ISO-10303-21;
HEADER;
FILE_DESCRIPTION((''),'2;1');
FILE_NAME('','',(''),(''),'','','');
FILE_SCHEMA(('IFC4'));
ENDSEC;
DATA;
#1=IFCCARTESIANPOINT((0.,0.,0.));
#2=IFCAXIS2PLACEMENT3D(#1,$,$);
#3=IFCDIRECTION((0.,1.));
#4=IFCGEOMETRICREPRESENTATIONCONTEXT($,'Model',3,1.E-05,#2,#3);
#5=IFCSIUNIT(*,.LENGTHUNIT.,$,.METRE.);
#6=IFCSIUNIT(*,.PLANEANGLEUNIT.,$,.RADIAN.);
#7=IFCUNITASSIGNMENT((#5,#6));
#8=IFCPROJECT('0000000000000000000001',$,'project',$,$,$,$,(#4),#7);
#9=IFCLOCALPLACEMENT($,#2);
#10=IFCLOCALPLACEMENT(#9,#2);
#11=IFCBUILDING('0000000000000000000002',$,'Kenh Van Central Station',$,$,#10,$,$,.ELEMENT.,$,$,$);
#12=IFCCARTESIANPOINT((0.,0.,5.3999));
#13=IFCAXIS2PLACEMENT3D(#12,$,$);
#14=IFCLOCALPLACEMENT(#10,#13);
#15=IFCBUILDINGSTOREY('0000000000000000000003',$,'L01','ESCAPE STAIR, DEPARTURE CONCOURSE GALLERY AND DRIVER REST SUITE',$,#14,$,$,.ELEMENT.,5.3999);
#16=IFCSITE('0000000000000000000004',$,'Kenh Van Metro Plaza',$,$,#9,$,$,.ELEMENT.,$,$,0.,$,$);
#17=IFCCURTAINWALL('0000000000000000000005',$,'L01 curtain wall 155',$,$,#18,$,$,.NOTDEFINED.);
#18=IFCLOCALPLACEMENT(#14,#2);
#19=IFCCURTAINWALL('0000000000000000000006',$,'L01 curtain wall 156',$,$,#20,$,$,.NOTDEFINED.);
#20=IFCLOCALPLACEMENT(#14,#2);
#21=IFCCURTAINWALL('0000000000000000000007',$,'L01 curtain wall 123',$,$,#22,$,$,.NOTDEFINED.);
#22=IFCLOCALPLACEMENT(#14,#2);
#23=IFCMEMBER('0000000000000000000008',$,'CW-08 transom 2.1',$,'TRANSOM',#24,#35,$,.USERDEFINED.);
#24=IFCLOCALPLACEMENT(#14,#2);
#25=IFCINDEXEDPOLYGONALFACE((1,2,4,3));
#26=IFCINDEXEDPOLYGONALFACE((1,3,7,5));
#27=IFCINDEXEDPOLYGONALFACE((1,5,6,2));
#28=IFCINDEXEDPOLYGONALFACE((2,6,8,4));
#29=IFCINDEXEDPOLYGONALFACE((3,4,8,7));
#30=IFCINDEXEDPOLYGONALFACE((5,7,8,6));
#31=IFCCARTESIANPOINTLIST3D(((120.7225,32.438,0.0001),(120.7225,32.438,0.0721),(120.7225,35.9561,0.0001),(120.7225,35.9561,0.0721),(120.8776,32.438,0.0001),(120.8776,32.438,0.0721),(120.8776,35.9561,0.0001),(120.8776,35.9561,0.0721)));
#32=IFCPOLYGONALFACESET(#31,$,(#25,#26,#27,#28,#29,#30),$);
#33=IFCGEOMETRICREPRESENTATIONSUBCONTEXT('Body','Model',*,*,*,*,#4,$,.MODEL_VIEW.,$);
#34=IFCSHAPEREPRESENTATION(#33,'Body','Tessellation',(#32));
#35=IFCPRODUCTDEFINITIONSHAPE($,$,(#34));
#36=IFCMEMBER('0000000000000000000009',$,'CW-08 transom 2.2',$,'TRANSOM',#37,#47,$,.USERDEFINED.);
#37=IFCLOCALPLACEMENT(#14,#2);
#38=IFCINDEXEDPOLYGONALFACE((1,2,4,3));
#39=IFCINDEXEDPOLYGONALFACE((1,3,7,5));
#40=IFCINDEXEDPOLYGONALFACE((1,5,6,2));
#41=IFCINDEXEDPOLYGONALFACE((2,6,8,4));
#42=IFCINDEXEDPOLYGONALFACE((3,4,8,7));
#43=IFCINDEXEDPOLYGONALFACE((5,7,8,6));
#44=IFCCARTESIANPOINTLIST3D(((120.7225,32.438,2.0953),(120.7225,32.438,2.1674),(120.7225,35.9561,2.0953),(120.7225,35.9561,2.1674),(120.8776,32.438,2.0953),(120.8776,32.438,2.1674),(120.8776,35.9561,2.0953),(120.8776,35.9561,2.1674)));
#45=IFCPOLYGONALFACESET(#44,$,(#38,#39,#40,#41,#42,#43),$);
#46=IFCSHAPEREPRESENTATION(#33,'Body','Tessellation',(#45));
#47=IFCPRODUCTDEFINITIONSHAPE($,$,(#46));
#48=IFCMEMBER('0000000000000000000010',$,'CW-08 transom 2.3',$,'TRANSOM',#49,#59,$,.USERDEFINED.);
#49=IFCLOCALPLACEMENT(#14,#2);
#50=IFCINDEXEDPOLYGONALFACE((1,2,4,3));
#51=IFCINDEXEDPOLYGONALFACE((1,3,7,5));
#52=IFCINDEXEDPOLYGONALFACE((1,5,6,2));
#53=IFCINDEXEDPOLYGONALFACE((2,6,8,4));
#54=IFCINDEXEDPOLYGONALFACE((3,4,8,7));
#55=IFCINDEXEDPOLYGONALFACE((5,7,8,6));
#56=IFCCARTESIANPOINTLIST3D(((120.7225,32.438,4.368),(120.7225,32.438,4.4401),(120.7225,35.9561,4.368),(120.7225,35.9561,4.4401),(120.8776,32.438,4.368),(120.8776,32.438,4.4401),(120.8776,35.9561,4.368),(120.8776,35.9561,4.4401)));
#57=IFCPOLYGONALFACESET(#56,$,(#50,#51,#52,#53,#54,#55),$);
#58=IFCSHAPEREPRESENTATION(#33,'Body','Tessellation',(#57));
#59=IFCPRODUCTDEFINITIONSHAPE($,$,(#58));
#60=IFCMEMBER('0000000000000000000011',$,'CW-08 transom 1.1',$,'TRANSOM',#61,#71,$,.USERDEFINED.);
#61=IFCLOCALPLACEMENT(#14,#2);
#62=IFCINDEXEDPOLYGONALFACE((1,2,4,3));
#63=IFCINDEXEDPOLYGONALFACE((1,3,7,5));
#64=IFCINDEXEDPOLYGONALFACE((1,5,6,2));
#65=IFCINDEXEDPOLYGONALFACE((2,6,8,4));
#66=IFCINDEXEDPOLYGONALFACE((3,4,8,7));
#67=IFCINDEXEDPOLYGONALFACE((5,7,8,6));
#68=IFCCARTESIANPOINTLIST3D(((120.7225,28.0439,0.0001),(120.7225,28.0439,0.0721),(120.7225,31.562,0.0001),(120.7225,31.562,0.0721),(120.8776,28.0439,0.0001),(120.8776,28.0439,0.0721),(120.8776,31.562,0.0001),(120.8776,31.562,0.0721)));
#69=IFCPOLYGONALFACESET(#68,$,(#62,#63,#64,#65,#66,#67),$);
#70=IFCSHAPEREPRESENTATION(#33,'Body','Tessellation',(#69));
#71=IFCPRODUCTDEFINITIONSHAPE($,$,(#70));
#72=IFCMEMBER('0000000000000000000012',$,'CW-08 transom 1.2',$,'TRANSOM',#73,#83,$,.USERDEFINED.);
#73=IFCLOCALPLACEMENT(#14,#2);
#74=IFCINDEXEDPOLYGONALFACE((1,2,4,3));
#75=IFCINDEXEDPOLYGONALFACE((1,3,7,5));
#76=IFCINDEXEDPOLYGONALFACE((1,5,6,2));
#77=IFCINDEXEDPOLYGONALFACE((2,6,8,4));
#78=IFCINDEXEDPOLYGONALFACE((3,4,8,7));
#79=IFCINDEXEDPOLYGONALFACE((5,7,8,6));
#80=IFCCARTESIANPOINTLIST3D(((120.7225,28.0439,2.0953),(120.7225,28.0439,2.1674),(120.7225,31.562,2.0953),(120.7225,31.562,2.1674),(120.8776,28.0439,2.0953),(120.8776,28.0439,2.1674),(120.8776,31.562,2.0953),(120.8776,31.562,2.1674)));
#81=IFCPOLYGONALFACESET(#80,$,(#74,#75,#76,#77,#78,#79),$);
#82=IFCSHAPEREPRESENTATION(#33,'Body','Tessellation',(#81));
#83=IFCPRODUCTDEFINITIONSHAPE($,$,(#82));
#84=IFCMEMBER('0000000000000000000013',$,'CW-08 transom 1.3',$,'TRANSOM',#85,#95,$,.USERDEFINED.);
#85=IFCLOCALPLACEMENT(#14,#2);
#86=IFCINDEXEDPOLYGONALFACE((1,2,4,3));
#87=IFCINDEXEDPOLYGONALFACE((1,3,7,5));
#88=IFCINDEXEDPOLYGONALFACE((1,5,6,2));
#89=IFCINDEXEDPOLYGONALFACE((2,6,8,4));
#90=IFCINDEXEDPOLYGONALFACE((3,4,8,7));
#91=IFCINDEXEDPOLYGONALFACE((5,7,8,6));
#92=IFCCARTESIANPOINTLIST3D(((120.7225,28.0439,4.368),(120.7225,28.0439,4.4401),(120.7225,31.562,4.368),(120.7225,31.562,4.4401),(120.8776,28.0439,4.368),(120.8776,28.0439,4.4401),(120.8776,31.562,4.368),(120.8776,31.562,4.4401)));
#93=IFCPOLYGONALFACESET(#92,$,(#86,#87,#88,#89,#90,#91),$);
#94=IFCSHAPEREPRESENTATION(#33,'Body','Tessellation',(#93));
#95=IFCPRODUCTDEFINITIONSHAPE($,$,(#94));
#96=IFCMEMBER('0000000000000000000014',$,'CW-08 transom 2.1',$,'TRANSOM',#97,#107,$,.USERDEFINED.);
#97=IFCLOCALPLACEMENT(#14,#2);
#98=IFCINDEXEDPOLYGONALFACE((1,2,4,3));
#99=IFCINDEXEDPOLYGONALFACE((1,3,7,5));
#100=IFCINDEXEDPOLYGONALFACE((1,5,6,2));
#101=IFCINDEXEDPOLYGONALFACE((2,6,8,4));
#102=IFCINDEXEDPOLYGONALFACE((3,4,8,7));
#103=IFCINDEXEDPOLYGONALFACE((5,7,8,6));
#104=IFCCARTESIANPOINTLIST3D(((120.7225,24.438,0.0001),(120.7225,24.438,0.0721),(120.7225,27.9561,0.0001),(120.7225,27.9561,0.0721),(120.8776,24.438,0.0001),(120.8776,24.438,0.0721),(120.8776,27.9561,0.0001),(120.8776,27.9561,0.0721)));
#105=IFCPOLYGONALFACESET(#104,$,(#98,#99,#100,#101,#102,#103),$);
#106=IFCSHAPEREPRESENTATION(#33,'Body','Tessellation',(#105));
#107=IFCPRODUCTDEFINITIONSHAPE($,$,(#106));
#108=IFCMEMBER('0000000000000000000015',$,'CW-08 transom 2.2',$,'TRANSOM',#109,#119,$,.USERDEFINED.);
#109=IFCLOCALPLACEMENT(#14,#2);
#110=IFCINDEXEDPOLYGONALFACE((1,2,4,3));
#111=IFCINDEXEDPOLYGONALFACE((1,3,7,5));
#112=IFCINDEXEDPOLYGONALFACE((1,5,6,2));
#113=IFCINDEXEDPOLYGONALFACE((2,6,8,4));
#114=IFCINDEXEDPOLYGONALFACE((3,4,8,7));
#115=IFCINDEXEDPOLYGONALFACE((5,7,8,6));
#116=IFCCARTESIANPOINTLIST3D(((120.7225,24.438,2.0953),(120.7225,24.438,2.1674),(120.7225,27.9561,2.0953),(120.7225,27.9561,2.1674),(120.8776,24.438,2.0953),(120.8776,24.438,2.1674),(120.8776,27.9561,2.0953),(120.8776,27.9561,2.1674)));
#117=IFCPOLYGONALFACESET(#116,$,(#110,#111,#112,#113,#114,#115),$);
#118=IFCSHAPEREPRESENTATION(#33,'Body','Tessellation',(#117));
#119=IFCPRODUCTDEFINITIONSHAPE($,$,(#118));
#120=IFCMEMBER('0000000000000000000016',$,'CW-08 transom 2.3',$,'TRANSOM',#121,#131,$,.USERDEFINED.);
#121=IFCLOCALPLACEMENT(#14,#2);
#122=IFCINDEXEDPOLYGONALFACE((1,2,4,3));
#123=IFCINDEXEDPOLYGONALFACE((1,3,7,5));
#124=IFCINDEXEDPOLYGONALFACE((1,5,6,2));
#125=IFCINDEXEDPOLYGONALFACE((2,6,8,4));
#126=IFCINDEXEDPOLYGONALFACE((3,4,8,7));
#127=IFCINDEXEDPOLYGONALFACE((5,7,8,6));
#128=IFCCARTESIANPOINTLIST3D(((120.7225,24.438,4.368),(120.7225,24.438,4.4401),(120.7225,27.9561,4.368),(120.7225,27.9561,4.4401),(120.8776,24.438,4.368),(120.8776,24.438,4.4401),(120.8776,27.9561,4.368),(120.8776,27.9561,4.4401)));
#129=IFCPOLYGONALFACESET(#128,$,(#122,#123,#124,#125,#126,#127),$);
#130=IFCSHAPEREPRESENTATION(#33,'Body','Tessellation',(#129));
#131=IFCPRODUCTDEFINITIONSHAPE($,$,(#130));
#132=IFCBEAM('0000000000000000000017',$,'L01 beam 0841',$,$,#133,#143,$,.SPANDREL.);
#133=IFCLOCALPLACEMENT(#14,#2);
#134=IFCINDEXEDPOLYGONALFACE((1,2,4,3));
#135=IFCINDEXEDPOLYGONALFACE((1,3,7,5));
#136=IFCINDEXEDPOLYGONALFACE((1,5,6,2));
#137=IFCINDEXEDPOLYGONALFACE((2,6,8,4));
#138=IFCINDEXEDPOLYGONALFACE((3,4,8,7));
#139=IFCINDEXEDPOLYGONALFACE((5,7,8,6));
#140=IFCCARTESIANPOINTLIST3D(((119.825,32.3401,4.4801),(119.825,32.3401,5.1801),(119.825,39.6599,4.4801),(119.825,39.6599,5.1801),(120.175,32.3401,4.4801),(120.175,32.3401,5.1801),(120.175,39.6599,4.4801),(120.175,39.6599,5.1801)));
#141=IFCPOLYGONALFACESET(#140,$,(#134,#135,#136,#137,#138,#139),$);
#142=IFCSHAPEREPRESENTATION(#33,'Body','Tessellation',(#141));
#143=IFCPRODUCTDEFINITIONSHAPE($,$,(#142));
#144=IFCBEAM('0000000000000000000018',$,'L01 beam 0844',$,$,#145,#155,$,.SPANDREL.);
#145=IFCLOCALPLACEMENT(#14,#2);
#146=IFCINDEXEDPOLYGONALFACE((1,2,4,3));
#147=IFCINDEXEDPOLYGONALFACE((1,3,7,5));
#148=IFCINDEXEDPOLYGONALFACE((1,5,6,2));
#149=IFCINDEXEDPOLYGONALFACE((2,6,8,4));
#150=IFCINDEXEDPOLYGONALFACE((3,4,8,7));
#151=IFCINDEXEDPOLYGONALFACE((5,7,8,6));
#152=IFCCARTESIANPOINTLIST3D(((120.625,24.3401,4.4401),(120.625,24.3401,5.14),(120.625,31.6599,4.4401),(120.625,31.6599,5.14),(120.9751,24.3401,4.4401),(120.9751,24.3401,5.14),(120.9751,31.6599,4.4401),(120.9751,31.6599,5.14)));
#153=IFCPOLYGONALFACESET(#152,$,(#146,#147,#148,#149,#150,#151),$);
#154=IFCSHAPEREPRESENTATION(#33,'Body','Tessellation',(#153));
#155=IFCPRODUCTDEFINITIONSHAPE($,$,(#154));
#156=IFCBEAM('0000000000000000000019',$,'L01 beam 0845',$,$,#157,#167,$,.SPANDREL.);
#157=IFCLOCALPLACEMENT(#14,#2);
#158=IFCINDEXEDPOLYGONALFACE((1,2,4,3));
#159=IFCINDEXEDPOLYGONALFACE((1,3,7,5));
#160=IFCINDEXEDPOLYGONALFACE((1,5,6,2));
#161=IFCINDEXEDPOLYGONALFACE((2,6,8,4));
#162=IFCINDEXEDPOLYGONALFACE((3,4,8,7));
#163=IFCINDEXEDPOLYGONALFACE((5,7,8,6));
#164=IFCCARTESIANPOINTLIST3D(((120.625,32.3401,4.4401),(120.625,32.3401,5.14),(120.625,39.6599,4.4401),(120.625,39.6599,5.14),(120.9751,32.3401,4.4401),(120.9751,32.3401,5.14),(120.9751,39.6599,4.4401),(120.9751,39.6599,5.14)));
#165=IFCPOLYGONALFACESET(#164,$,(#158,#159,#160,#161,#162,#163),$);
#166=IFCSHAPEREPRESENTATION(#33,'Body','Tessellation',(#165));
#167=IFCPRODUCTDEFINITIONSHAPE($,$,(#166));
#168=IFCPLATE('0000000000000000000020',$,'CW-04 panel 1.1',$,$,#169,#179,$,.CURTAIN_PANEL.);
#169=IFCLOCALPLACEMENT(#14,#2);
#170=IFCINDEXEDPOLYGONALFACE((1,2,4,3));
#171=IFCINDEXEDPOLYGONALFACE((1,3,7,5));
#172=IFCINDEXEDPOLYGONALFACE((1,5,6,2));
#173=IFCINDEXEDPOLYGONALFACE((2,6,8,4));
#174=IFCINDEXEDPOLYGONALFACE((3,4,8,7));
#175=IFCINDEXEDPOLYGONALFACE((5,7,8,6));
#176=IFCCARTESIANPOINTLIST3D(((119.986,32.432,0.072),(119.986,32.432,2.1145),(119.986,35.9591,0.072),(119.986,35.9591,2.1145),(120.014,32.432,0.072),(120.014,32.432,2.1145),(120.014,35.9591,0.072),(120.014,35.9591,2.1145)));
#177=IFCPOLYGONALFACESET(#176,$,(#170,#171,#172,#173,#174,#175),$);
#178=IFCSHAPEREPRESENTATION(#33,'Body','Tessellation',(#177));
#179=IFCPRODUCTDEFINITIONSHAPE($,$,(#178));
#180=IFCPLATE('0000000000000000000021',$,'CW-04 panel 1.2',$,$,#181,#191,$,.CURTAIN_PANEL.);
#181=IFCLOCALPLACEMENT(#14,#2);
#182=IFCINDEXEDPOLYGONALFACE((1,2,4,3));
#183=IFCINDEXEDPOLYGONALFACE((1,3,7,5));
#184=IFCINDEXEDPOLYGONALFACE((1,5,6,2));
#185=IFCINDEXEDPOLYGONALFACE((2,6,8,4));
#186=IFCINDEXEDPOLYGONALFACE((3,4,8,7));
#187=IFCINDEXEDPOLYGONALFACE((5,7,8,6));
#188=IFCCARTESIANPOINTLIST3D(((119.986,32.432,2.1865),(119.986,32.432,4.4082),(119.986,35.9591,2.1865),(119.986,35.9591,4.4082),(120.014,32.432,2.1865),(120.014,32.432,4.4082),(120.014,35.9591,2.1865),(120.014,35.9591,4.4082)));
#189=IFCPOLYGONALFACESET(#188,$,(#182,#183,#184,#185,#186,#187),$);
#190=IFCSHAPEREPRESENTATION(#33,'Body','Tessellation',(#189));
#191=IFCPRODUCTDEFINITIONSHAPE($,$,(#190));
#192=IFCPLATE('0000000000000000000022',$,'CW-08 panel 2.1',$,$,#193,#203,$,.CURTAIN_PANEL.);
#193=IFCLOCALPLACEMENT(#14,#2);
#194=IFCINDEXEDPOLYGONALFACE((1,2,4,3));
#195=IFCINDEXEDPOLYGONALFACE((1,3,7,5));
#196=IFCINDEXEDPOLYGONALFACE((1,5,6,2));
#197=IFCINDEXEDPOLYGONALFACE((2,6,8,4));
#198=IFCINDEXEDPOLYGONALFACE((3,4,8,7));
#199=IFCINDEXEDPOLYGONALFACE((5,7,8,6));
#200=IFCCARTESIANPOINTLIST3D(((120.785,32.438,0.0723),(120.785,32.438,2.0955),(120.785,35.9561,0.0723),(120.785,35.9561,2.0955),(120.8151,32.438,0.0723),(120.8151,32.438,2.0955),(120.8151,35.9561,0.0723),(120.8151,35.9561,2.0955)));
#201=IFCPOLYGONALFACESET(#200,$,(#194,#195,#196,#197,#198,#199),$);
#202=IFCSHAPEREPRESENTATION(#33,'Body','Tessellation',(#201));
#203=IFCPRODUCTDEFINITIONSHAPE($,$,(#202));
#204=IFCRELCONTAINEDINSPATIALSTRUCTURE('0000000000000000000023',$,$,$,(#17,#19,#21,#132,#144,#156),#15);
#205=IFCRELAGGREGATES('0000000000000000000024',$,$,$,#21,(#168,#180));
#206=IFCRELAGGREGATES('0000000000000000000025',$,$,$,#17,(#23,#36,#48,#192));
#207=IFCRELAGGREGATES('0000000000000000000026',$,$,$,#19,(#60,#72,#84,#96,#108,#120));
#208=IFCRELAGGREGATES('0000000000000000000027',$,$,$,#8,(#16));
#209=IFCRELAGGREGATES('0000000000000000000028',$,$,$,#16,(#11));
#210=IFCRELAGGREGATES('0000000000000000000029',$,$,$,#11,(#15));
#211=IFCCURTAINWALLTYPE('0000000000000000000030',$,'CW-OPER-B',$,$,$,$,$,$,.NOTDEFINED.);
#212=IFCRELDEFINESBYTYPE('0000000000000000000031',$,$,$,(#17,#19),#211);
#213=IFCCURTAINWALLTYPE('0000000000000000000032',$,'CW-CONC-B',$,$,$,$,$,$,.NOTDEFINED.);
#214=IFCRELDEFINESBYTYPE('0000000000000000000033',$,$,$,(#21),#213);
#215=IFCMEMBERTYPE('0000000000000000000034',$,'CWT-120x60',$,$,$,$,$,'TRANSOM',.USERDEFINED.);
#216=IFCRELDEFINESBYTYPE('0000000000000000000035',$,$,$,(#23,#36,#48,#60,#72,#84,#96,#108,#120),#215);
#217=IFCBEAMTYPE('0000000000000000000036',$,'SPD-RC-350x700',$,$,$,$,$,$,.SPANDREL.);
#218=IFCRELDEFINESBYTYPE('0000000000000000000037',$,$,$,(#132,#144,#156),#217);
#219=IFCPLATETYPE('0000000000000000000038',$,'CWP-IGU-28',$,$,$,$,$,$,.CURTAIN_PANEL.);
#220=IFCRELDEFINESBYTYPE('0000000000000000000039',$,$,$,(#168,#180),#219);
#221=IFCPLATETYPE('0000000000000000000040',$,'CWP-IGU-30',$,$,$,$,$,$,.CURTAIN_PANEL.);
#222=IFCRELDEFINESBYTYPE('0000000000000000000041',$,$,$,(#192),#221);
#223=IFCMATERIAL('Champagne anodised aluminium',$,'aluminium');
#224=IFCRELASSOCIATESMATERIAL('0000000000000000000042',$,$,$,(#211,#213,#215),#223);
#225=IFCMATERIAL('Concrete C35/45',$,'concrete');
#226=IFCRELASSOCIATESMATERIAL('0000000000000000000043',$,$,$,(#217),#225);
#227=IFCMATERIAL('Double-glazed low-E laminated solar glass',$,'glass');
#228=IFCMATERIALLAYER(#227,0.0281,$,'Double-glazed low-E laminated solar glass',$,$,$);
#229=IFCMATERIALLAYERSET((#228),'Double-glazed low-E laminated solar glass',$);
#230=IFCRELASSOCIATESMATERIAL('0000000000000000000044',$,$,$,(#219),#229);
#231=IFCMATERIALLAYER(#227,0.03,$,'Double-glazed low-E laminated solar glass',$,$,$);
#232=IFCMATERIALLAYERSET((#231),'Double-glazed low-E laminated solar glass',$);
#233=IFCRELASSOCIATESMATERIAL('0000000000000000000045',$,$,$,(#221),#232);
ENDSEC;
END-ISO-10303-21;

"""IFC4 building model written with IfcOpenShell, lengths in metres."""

from ifc_helpers import new_model, si_unit, direction, frame, origin, origin_2d, place, context, subcontext, project, spatial, rectangle, extrude, material, layer, layer_set, material_profile, profile_set, type_object, element, aggregate, save


model = new_model("IFC4")

# Units and contexts
model_context = context("Model", 3, precision=1e-05, world=origin(), true_north=direction((0.0, 1.0)))
body_context = subcontext(model_context, "Body", "Model", "MODEL_VIEW")
ifc_project = project(units=[si_unit("LENGTHUNIT", "METRE"), si_unit("PLANEANGLEUNIT", "RADIAN")], contexts=[model_context])

# Site, building, storey
site_placement = place(None, origin())
site = spatial("IfcSite", under=ifc_project, at=site_placement, Name="Kenh Van Metro Plaza", CompositionType="ELEMENT", RefElevation=0.0)
building_placement = place(site_placement, origin())
building = spatial("IfcBuilding", under=site, at=building_placement, Name="Kenh Van Central Station", CompositionType="ELEMENT")
storey_placement = place(building_placement, frame((0.0, 0.0, 5.3999)))
storey = spatial("IfcBuildingStorey", under=building, at=storey_placement, Name="L01", Description="ESCAPE STAIR, DEPARTURE CONCOURSE GALLERY AND DRIVER REST SUITE", CompositionType="ELEMENT", Elevation=5.3999)

# Shared definitions
ifc_material_1 = material(Name="Concrete C35/45", Category="concrete")

# Curtain wall
ifc_material_2 = material(Name="Champagne anodised aluminium", Category="aluminium")
curtain_wall_type_1 = type_object("IfcCurtainWallType", Name="CW-OPER-B", PredefinedType="NOTDEFINED", material=ifc_material_2)
curtain_wall_1_placement = place(storey_placement, origin())
curtain_wall_1 = element("IfcCurtainWall", 1, at=curtain_wall_1_placement, inside=storey, type_object=curtain_wall_type_1, Name="L01 curtain wall 155", PredefinedType="NOTDEFINED")

# Curtain walls
curtain_wall_2_placement = place(storey_placement, origin())
curtain_wall_2 = element("IfcCurtainWall", 2, at=curtain_wall_2_placement, inside=storey, type_object=curtain_wall_type_1, Name="L01 curtain wall 156", PredefinedType="NOTDEFINED")
curtain_wall_type_2 = type_object("IfcCurtainWallType", Name="CW-CONC-B", PredefinedType="NOTDEFINED", material=ifc_material_2)
curtain_wall_3_placement = place(storey_placement, origin())
curtain_wall_3 = element("IfcCurtainWall", 3, at=curtain_wall_3_placement, inside=storey, type_object=curtain_wall_type_2, Name="L01 curtain wall 123", PredefinedType="NOTDEFINED")
ifc_material_profile_1 = material_profile(ifc_material_2, rectangle(XDim=0.155, YDim=0.072, at=origin_2d()), Name="AL 155x72")
ifc_profile_set_1 = profile_set([ifc_material_profile_1], Name="Champagne anodised aluminium")
member_type_1 = type_object("IfcMemberType", Name="CWT-120x60", ElementType="TRANSOM", PredefinedType="USERDEFINED", material=ifc_profile_set_1)

# Members
member_1_placement = place(storey_placement, frame((120.8, 35.9561, 0.0361), z_axis=(0.0, -1.0, 0.0), x_axis=(1.0, 0.0, 0.0)))
member_1 = element("IfcMember", 4, at=member_1_placement, type_object=member_type_1, Name="CW-08 transom 2.1", ObjectType="TRANSOM", PredefinedType="USERDEFINED", context=body_context, shape_type="SweptSolid", body=[
    extrude(rectangle(XDim=0.155, YDim=0.072, at=origin_2d()), origin(), (0.0, 0.0, 1.0), 3.5181),
])
member_2_placement = place(storey_placement, frame((120.8, 35.9561, 2.1313), z_axis=(0.0, -1.0, 0.0), x_axis=(1.0, 0.0, 0.0)))
member_2 = element("IfcMember", 5, at=member_2_placement, type_object=member_type_1, Name="CW-08 transom 2.2", ObjectType="TRANSOM", PredefinedType="USERDEFINED", context=body_context, shape_type="SweptSolid", body=[
    extrude(rectangle(XDim=0.155, YDim=0.072, at=origin_2d()), origin(), (0.0, 0.0, 1.0), 3.5181),
])
member_3_placement = place(storey_placement, frame((120.8, 35.9561, 4.4041), z_axis=(0.0, -1.0, 0.0), x_axis=(1.0, 0.0, 0.0)))
member_3 = element("IfcMember", 6, at=member_3_placement, type_object=member_type_1, Name="CW-08 transom 2.3", ObjectType="TRANSOM", PredefinedType="USERDEFINED", context=body_context, shape_type="SweptSolid", body=[
    extrude(rectangle(XDim=0.155, YDim=0.072, at=origin_2d()), origin(), (0.0, 0.0, 1.0), 3.5181),
])
member_4_placement = place(storey_placement, frame((120.8, 31.562, 0.0361), z_axis=(0.0, -1.0, 0.0), x_axis=(1.0, 0.0, 0.0)))
member_4 = element("IfcMember", 7, at=member_4_placement, type_object=member_type_1, Name="CW-08 transom 1.1", ObjectType="TRANSOM", PredefinedType="USERDEFINED", context=body_context, shape_type="SweptSolid", body=[
    extrude(rectangle(XDim=0.155, YDim=0.072, at=origin_2d()), origin(), (0.0, 0.0, 1.0), 3.5181),
])
member_5_placement = place(storey_placement, frame((120.8, 31.562, 2.1313), z_axis=(0.0, -1.0, 0.0), x_axis=(1.0, 0.0, 0.0)))
member_5 = element("IfcMember", 8, at=member_5_placement, type_object=member_type_1, Name="CW-08 transom 1.2", ObjectType="TRANSOM", PredefinedType="USERDEFINED", context=body_context, shape_type="SweptSolid", body=[
    extrude(rectangle(XDim=0.155, YDim=0.072, at=origin_2d()), origin(), (0.0, 0.0, 1.0), 3.5181),
])
member_6_placement = place(storey_placement, frame((120.8, 31.562, 4.4041), z_axis=(0.0, -1.0, 0.0), x_axis=(1.0, 0.0, 0.0)))
member_6 = element("IfcMember", 9, at=member_6_placement, type_object=member_type_1, Name="CW-08 transom 1.3", ObjectType="TRANSOM", PredefinedType="USERDEFINED", context=body_context, shape_type="SweptSolid", body=[
    extrude(rectangle(XDim=0.155, YDim=0.072, at=origin_2d()), origin(), (0.0, 0.0, 1.0), 3.5181),
])
member_7_placement = place(storey_placement, frame((120.8, 27.9561, 0.0361), z_axis=(0.0, -1.0, 0.0), x_axis=(1.0, 0.0, 0.0)))
member_7 = element("IfcMember", 10, at=member_7_placement, type_object=member_type_1, Name="CW-08 transom 2.1", ObjectType="TRANSOM", PredefinedType="USERDEFINED", context=body_context, shape_type="SweptSolid", body=[
    extrude(rectangle(XDim=0.155, YDim=0.072, at=origin_2d()), origin(), (0.0, 0.0, 1.0), 3.5181),
])
member_8_placement = place(storey_placement, frame((120.8, 27.9561, 2.1313), z_axis=(0.0, -1.0, 0.0), x_axis=(1.0, 0.0, 0.0)))
member_8 = element("IfcMember", 11, at=member_8_placement, type_object=member_type_1, Name="CW-08 transom 2.2", ObjectType="TRANSOM", PredefinedType="USERDEFINED", context=body_context, shape_type="SweptSolid", body=[
    extrude(rectangle(XDim=0.155, YDim=0.072, at=origin_2d()), origin(), (0.0, 0.0, 1.0), 3.5181),
])
member_9_placement = place(storey_placement, frame((120.8, 27.9561, 4.4041), z_axis=(0.0, -1.0, 0.0), x_axis=(1.0, 0.0, 0.0)))
member_9 = element("IfcMember", 12, at=member_9_placement, type_object=member_type_1, Name="CW-08 transom 2.3", ObjectType="TRANSOM", PredefinedType="USERDEFINED", context=body_context, shape_type="SweptSolid", body=[
    extrude(rectangle(XDim=0.155, YDim=0.072, at=origin_2d()), origin(), (0.0, 0.0, 1.0), 3.5181),
])

# Beams
ifc_material_profile_2 = material_profile(ifc_material_1, rectangle(XDim=0.3501, YDim=0.7, at=origin_2d()), Name="RC 350x700")
ifc_profile_set_2 = profile_set([ifc_material_profile_2], Name="Concrete C35/45")
beam_type_1 = type_object("IfcBeamType", Name="SPD-RC-350x700", PredefinedType="SPANDREL", material=ifc_profile_set_2)
for number, where, z_axis, x_axis, name in (
    (13, (120.0, 32.3401, 4.8301), (0.0, 1.0, 0.0), (-1.0, 0.0, 0.0), "L01 beam 0841"),
    (14, (120.8, 24.3401, 4.79), (0.0, 1.0, 0.0), (-1.0, 0.0, 0.0), "L01 beam 0844"),
    (15, (120.8, 32.3401, 4.79), (0.0, 1.0, 0.0), (-1.0, 0.0, 0.0), "L01 beam 0845"),
):
    element("IfcBeam", number, at=place(storey_placement, frame(where, z_axis=z_axis, x_axis=x_axis)), inside=storey, type_object=beam_type_1, Name=name, PredefinedType="SPANDREL", context=body_context, shape_type="SweptSolid", body=[
        extrude(rectangle(XDim=0.3501, YDim=0.7, at=origin_2d()), origin(), (0.0, 0.0, 1.0), 7.3198),
    ])

# Plates
ifc_material_3 = material(Name="Double-glazed low-E laminated solar glass", Category="glass")
ifc_layer_1 = layer(ifc_material_3, 0.0281, Name="Double-glazed low-E laminated solar glass")
ifc_layer_set_1 = layer_set([ifc_layer_1], Name="Double-glazed low-E laminated solar glass")
plate_type_1 = type_object("IfcPlateType", Name="CWP-IGU-28", PredefinedType="CURTAIN_PANEL", material=ifc_layer_set_1)
plate_1_placement = place(storey_placement, frame((120.0, 34.1956, 0.072), z_axis=(0.0, 0.0, 1.0), x_axis=(0.0, 1.0, 0.0)))
plate_1 = element("IfcPlate", 16, at=plate_1_placement, type_object=plate_type_1, Name="CW-04 panel 1.1", PredefinedType="CURTAIN_PANEL", context=body_context, shape_type="SweptSolid", body=[
    extrude(rectangle(XDim=3.5271, YDim=0.0281, at=origin_2d()), origin(), (0.0, 0.0, 1.0), 2.0425),
])
plate_2_placement = place(storey_placement, frame((120.0, 34.1956, 2.1865), z_axis=(0.0, 0.0, 1.0), x_axis=(0.0, 1.0, 0.0)))
plate_2 = element("IfcPlate", 17, at=plate_2_placement, type_object=plate_type_1, Name="CW-04 panel 1.2", PredefinedType="CURTAIN_PANEL", context=body_context, shape_type="SweptSolid", body=[
    extrude(rectangle(XDim=3.5271, YDim=0.0281, at=origin_2d()), origin(), (0.0, 0.0, 1.0), 2.2217),
])
aggregate(curtain_wall_3, [plate_1, plate_2])
ifc_layer_2 = layer(ifc_material_3, 0.03, Name="Double-glazed low-E laminated solar glass")
ifc_layer_set_2 = layer_set([ifc_layer_2], Name="Double-glazed low-E laminated solar glass")
plate_type_2 = type_object("IfcPlateType", Name="CWP-IGU-30", PredefinedType="CURTAIN_PANEL", material=ifc_layer_set_2)
plate_3_placement = place(storey_placement, frame((120.8, 34.197, 0.0723), z_axis=(0.0, 0.0, 1.0), x_axis=(0.0, -1.0, 0.0)))
plate_3 = element("IfcPlate", 18, at=plate_3_placement, type_object=plate_type_2, Name="CW-08 panel 2.1", PredefinedType="CURTAIN_PANEL", context=body_context, shape_type="SweptSolid", body=[
    extrude(rectangle(XDim=3.5181, YDim=0.03, at=origin_2d()), origin(), (0.0, 0.0, 1.0), 2.0232),
])
aggregate(curtain_wall_1, [member_1, member_2, member_3, plate_3])
aggregate(curtain_wall_2, [member_4, member_5, member_6, member_7, member_8, member_9])

save(model, "model.ifc")
